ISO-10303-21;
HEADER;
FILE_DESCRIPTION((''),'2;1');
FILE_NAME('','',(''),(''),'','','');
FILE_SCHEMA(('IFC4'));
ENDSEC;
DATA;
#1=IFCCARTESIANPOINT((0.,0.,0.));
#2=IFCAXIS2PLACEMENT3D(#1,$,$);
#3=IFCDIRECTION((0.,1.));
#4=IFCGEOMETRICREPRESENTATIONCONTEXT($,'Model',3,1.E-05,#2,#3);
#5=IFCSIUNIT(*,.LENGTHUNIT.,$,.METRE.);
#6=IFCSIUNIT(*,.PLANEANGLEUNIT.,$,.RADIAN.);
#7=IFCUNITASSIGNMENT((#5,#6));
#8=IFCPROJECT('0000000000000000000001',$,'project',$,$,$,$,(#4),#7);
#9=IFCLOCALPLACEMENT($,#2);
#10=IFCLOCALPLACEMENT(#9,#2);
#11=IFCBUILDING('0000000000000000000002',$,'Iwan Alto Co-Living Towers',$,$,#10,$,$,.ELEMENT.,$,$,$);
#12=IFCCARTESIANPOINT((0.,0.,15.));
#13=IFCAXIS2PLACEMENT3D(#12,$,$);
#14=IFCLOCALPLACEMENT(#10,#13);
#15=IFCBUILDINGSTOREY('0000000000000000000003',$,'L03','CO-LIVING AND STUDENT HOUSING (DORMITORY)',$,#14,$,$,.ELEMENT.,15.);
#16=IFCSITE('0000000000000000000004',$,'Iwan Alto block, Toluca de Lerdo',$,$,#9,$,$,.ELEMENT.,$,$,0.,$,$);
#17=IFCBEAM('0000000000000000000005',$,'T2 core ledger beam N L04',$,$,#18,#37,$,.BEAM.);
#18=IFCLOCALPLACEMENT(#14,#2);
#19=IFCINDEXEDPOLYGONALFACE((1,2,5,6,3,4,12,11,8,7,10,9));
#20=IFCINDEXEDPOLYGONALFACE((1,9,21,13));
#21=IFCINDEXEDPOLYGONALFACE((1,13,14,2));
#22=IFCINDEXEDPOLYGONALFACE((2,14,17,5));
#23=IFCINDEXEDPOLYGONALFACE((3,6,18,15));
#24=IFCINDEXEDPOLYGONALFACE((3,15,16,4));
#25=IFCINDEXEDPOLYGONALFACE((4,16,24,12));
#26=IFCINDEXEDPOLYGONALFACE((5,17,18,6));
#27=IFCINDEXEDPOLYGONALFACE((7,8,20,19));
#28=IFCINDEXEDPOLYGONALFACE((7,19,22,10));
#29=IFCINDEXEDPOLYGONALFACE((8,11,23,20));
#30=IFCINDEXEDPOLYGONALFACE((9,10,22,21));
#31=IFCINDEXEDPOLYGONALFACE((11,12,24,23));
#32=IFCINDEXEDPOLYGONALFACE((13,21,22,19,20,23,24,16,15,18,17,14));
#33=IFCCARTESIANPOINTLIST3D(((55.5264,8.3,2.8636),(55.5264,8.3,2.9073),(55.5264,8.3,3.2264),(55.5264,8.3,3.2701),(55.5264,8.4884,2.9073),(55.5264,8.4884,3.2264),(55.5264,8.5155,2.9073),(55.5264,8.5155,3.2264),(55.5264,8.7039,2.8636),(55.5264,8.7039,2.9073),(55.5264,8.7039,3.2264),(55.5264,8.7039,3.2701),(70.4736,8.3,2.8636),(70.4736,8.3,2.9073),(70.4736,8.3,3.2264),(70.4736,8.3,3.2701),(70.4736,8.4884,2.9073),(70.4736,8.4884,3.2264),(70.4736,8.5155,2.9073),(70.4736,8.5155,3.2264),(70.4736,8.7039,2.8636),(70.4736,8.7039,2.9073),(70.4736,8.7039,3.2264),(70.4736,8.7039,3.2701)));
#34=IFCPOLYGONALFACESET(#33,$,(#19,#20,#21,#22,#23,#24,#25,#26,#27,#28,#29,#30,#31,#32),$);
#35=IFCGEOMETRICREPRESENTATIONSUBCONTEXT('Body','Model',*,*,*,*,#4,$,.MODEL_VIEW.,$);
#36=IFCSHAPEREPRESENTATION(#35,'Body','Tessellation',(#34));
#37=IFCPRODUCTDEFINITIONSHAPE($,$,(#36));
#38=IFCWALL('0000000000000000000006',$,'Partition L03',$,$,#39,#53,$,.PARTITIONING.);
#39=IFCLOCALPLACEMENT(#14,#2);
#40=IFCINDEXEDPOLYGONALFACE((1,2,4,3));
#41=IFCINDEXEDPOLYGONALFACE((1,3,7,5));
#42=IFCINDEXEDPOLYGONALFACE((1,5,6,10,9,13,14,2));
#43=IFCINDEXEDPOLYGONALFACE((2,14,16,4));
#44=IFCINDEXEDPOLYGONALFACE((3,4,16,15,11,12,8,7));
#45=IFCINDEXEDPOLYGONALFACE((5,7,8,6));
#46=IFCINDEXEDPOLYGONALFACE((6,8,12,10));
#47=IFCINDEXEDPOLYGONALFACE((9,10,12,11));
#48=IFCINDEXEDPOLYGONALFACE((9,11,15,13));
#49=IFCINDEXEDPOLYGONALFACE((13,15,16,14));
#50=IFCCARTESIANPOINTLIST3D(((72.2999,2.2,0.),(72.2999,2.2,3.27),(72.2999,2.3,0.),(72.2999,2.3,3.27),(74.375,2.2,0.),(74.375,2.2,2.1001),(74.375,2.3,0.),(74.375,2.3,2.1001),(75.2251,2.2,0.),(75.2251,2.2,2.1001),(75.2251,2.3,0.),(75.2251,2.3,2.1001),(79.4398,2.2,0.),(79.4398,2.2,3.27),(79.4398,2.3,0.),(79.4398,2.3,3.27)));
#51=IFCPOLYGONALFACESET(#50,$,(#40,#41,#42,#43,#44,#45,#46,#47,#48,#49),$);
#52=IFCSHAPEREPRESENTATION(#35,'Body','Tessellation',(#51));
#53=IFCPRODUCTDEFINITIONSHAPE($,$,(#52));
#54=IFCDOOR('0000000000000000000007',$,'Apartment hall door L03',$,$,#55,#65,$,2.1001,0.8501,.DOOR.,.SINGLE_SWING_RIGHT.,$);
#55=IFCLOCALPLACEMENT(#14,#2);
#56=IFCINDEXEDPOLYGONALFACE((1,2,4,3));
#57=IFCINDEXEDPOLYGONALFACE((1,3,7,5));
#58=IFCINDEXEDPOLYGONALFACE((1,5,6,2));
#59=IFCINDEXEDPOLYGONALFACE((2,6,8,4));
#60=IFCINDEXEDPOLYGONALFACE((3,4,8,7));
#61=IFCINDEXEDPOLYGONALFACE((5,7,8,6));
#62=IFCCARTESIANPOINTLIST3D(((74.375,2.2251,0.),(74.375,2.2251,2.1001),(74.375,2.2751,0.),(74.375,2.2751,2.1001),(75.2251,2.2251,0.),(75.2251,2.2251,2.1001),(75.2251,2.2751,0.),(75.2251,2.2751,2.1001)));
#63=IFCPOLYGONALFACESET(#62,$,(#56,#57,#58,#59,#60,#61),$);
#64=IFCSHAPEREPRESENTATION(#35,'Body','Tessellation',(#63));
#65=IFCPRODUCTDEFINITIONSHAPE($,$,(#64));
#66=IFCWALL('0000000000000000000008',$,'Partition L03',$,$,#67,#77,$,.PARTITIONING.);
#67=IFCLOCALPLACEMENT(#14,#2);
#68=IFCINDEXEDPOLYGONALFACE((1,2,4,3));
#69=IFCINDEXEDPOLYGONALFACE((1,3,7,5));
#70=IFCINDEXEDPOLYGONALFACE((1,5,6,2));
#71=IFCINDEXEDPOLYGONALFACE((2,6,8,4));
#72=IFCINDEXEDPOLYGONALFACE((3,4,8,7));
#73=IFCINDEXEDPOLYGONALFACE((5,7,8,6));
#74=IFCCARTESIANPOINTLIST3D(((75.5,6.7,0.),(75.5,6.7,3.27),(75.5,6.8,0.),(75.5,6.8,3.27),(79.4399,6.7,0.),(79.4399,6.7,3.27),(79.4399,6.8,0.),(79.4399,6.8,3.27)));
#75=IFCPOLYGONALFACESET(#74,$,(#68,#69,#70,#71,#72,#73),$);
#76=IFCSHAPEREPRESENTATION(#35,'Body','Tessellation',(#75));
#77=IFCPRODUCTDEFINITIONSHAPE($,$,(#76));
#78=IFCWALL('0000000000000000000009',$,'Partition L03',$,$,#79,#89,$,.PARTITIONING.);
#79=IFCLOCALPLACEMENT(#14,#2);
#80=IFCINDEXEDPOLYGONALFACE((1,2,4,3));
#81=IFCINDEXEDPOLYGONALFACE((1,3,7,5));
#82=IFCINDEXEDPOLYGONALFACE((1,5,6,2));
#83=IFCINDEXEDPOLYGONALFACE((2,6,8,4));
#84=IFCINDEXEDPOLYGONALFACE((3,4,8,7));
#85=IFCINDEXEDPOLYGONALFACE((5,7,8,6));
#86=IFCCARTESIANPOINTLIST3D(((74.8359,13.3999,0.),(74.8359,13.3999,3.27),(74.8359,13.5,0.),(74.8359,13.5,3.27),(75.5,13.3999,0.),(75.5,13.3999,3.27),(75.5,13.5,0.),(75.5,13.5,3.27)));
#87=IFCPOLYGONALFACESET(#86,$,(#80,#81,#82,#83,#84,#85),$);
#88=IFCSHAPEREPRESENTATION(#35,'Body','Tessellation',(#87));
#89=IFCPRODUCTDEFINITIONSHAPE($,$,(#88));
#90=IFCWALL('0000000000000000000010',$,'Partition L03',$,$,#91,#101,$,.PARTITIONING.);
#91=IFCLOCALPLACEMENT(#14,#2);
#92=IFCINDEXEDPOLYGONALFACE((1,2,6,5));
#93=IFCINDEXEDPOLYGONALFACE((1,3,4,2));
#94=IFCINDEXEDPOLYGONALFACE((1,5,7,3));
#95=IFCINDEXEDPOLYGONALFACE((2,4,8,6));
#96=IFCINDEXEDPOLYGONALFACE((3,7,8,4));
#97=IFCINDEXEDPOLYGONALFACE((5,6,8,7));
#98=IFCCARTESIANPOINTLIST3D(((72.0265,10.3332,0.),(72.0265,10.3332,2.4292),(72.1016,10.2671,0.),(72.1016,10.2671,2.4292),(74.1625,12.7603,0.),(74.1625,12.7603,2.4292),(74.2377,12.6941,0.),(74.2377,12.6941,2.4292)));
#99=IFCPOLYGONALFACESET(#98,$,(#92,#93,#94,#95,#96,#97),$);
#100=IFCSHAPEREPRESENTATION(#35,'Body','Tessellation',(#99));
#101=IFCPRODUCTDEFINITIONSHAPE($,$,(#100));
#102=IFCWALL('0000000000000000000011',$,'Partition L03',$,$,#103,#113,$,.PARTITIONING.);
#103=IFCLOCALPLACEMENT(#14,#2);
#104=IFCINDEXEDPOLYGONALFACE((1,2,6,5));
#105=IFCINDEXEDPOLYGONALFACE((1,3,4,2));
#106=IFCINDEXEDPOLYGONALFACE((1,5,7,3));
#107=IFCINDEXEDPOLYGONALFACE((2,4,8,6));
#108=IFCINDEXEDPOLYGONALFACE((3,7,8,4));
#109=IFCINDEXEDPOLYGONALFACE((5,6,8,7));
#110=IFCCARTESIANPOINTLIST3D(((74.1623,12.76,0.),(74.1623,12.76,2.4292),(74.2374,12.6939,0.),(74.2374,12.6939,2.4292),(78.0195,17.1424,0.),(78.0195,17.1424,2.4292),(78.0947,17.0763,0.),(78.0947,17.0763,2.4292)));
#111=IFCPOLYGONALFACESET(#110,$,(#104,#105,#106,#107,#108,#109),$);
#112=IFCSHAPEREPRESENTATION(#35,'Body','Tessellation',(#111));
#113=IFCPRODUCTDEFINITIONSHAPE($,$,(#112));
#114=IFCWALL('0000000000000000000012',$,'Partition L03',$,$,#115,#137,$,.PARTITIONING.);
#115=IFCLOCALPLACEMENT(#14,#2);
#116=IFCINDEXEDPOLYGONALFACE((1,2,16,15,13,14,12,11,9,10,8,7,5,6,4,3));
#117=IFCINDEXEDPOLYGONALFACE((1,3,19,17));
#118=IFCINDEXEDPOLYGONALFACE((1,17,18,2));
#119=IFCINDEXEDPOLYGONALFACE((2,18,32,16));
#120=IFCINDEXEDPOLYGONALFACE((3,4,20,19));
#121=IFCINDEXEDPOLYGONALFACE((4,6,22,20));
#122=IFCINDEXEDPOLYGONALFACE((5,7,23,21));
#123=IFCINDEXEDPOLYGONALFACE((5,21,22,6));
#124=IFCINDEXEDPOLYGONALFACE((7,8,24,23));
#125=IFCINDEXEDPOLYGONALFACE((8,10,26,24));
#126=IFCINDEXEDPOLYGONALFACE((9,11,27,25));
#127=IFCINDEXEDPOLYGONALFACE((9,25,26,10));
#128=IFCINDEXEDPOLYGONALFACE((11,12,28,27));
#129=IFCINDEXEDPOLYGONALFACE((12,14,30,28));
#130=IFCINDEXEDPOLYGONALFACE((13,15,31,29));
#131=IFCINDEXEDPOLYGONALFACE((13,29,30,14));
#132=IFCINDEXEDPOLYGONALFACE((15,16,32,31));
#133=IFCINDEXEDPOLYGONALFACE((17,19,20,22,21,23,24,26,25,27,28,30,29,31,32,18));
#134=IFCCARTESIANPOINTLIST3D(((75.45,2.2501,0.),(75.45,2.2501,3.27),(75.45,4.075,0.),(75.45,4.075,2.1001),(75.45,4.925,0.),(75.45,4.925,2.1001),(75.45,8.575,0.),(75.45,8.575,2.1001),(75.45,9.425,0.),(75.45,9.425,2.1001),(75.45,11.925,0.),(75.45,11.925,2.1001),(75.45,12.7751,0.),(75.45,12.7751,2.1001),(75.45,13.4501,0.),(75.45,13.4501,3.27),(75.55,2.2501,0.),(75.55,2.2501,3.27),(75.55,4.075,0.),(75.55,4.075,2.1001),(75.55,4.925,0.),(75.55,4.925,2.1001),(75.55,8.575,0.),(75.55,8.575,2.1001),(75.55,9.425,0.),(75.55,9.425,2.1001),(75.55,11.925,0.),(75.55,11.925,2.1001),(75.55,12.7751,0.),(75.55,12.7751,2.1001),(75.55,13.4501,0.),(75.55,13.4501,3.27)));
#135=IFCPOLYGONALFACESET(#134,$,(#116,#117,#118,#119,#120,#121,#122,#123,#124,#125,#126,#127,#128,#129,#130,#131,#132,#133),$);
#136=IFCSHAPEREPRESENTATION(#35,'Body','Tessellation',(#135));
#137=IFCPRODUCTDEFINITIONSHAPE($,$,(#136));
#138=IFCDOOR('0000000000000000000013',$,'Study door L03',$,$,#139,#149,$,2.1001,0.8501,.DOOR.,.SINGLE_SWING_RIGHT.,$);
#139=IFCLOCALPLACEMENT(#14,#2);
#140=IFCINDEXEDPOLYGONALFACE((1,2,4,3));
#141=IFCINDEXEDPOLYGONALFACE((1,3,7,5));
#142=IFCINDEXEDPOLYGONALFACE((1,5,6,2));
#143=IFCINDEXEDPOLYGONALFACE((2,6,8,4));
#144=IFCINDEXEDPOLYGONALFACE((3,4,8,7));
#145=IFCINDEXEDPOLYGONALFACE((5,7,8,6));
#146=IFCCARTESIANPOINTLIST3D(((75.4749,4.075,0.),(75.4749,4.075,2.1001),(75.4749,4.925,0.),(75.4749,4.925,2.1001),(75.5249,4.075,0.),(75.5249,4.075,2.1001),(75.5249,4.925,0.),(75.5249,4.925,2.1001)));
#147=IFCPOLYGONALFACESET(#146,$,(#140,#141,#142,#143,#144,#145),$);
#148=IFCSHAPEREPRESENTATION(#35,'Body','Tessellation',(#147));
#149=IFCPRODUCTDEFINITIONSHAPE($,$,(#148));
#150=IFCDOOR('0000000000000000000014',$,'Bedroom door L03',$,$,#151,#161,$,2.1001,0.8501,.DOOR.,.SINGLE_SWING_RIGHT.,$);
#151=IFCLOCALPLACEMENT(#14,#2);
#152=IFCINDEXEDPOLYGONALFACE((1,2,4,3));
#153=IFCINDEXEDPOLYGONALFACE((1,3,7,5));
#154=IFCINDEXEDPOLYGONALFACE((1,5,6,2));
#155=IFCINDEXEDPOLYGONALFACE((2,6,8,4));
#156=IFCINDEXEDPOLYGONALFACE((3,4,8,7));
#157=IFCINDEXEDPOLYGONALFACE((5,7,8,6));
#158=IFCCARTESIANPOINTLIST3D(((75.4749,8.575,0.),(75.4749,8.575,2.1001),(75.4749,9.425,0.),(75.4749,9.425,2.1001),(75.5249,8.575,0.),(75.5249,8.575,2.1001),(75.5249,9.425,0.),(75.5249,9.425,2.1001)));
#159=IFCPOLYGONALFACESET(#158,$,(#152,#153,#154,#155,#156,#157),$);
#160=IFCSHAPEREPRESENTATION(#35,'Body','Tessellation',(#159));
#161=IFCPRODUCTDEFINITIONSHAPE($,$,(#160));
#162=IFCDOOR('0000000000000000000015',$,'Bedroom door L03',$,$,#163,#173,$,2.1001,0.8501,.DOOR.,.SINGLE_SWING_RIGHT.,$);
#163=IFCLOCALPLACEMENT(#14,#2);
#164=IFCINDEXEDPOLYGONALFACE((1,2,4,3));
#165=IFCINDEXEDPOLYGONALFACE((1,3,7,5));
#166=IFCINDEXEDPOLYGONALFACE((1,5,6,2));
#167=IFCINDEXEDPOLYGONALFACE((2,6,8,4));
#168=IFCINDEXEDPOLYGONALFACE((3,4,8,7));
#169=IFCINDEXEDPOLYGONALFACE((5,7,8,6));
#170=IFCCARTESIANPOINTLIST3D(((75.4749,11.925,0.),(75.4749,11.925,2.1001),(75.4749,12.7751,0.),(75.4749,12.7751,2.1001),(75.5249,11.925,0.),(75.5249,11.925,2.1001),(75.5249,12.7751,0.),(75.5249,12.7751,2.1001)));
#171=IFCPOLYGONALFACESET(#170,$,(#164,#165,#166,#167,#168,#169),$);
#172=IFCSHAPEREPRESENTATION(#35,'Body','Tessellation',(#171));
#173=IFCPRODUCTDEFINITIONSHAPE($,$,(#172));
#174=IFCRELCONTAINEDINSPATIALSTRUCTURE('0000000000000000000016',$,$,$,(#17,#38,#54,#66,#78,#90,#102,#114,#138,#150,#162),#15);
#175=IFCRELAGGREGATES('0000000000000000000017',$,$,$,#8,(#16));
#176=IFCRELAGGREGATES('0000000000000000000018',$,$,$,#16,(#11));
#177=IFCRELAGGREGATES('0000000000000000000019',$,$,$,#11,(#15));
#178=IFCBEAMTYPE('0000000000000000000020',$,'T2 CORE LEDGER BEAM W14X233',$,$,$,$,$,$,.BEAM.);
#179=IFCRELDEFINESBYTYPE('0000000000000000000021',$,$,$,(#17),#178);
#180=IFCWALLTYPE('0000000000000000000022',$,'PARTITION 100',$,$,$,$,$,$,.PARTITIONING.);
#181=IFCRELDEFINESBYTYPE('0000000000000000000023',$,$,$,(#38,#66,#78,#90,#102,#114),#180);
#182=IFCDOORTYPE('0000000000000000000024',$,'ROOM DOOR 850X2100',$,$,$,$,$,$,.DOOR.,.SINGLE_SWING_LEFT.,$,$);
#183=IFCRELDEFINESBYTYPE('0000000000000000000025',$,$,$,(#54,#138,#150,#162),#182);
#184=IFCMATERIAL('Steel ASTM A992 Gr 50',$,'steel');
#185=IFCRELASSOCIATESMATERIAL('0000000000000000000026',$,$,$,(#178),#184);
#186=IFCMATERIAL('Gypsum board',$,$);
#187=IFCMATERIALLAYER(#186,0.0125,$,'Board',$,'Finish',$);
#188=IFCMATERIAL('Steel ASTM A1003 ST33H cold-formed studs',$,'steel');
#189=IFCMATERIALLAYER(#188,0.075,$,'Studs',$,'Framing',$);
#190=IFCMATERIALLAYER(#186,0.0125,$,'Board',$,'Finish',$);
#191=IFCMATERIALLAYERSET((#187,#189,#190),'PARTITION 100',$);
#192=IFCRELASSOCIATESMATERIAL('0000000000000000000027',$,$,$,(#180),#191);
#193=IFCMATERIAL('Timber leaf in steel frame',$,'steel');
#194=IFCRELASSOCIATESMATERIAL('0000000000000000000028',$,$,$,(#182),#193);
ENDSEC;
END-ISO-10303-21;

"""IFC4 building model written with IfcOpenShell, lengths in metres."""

from ifc_helpers import new_model, si_unit, direction, frame, frame_2d, origin, origin_2d, place, context, subcontext, project, spatial, rectangle, i_section, extrude, material, layer, layer_set, material_profile, profile_set, type_object, element, fill, save


model = new_model("IFC4")

# Units and contexts
model_context = context("Model", 3, precision=1e-05, world=origin(), true_north=direction((0.0, 1.0)))
body_context = subcontext(model_context, "Body", "Model", "MODEL_VIEW")
ifc_project = project(units=[si_unit("LENGTHUNIT", "METRE"), si_unit("PLANEANGLEUNIT", "RADIAN")], contexts=[model_context])

# Site, building, storey
site_placement = place(None, origin())
site = spatial("IfcSite", under=ifc_project, at=site_placement, Name="Iwan Alto block, Toluca de Lerdo", CompositionType="ELEMENT", RefElevation=0.0)
building_placement = place(site_placement, origin())
building = spatial("IfcBuilding", under=site, at=building_placement, Name="Iwan Alto Co-Living Towers", CompositionType="ELEMENT")
storey_placement = place(building_placement, frame((0.0, 0.0, 15.0)))
storey = spatial("IfcBuildingStorey", under=building, at=storey_placement, Name="L03", Description="CO-LIVING AND STUDENT HOUSING (DORMITORY)", CompositionType="ELEMENT", Elevation=15.0)

# Beam
ifc_material_1 = material(Name="Steel ASTM A992 Gr 50", Category="steel")
ifc_material_profile = material_profile(ifc_material_1, i_section(OverallWidth=0.4038, OverallDepth=0.4065, WebThickness=0.0271, FlangeThickness=0.0437, at=origin_2d()), Name="W14X233")
ifc_profile_set = profile_set([ifc_material_profile], Name="Steel ASTM A992 Gr 50")
beam_type = type_object("IfcBeamType", Name="T2 CORE LEDGER BEAM W14X233", PredefinedType="BEAM", material=ifc_profile_set)
beam_placement = place(storey_placement, frame((70.4736, 8.502, 3.0669), z_axis=(-1.0, 0.0, 0.0), x_axis=(0.0, -1.0, 0.0)))
element("IfcBeam", 1, at=beam_placement, inside=storey, type_object=beam_type, Name="T2 core ledger beam N L04", PredefinedType="BEAM", context=body_context, shape_type="SweptSolid", body=[
    extrude(i_section(OverallWidth=0.4038, OverallDepth=0.4065, WebThickness=0.0271, FlangeThickness=0.0437, at=origin_2d()), origin(), (0.0, 0.0, 1.0), 14.9473),
])

# Wall, opening, door
ifc_material_2 = material(Name="Gypsum board")
ifc_layer_1 = layer(ifc_material_2, 0.0125, Name="Board", Category="Finish")
ifc_material_3 = material(Name="Steel ASTM A1003 ST33H cold-formed studs", Category="steel")
ifc_layer_2 = layer(ifc_material_3, 0.075, Name="Studs", Category="Framing")
ifc_layer_3 = layer(ifc_material_2, 0.0125, Name="Board", Category="Finish")
ifc_layer_set_1 = layer_set([ifc_layer_1, ifc_layer_2, ifc_layer_3], Name="PARTITION 100")
wall_type_1 = type_object("IfcWallType", Name="PARTITION 100", PredefinedType="PARTITIONING", material=ifc_layer_set_1)
wall_1_placement = place(storey_placement, frame((72.3, 2.25, 0.0), z_axis=(0.0, 0.0, 1.0), x_axis=(1.0, 0.0, 0.0)))
wall_1 = element("IfcWall", 2, at=wall_1_placement, inside=storey, type_object=wall_type_1, Name="Partition L03", PredefinedType="PARTITIONING", context=body_context, shape_type="SweptSolid", body=[
    extrude(rectangle(XDim=7.1399, YDim=0.1001, at=frame_2d((3.5698, 0.0))), origin(), (0.0, 0.0, 1.0), 3.27),
])
opening_1_placement = place(wall_1_placement, frame((2.075, 0.0, 0.0)))
opening_1 = element("IfcOpeningElement", 3, at=opening_1_placement, cuts=wall_1, PredefinedType="OPENING", context=body_context, shape_type="SweptSolid", body=[
    extrude(rectangle(XDim=0.8501, YDim=2.1001, at=frame_2d((0.425, 1.05))), frame((0.0, 0.0601, 0.0), z_axis=(0.0, -1.0, 0.0), x_axis=(1.0, 0.0, 0.0)), (0.0, 0.0, 1.0), 0.1201),
])
ifc_material_4 = material(Name="Timber leaf in steel frame", Category="steel")
door_type = type_object("IfcDoorType", Name="ROOM DOOR 850X2100", OperationType="SINGLE_SWING_LEFT", PredefinedType="DOOR", material=ifc_material_4)
door_1_placement = place(opening_1_placement, frame((0.8501, 0.0, 0.0), z_axis=(0.0, 0.0, 1.0), x_axis=(-1.0, 0.0, 0.0)))
door_1 = element("IfcDoor", 4, at=door_1_placement, inside=storey, type_object=door_type, Name="Apartment hall door L03", OperationType="SINGLE_SWING_RIGHT", OverallHeight=2.1001, OverallWidth=0.8501, PredefinedType="DOOR", context=body_context, shape_type="SweptSolid", body=[
    extrude(rectangle(XDim=0.8501, YDim=2.1001, at=frame_2d((0.425, 1.05))), frame((0.0, 0.0249, 0.0), z_axis=(0.0, -1.0, 0.0), x_axis=(1.0, 0.0, 0.0)), (0.0, 0.0, 1.0), 0.05),
])
fill(opening_1, door_1)

# Walls
wall_2_placement = place(storey_placement, frame((75.5, 6.75, 0.0), z_axis=(0.0, 0.0, 1.0), x_axis=(1.0, 0.0, 0.0)))
element("IfcWall", 5, at=wall_2_placement, inside=storey, type_object=wall_type_1, Name="Partition L03", PredefinedType="PARTITIONING", context=body_context, shape_type="SweptSolid", body=[
    extrude(rectangle(XDim=3.9399, YDim=0.1001, at=frame_2d((1.97, 0.0))), origin(), (0.0, 0.0, 1.0), 3.27),
])
wall_3_placement = place(storey_placement, frame((74.8359, 13.45, 0.0), z_axis=(0.0, 0.0, 1.0), x_axis=(1.0, 0.0, 0.0)))
element("IfcWall", 6, at=wall_3_placement, inside=storey, type_object=wall_type_1, Name="Partition L03", PredefinedType="PARTITIONING", context=body_context, shape_type="SweptSolid", body=[
    extrude(rectangle(XDim=0.6641, YDim=0.1001, at=frame_2d((0.332, 0.0))), origin(), (0.0, 0.0, 1.0), 3.27),
])
wall_4_placement = place(storey_placement, frame((72.064, 10.3, 0.0), z_axis=(0.0, 0.0, 1.0), x_axis=(0.660667, 0.750679, 0.0)))
element("IfcWall", 7, at=wall_4_placement, inside=storey, type_object=wall_type_1, Name="Partition L03", PredefinedType="PARTITIONING", context=body_context, shape_type="SweptSolid", body=[
    extrude(rectangle(XDim=3.2332, YDim=0.1001, at=frame_2d((1.6167, 0.0))), origin(), (0.0, 0.0, 1.0), 2.4292),
])
wall_5_placement = place(storey_placement, frame((74.2, 12.7271, 0.0), z_axis=(0.0, 0.0, 1.0), x_axis=(0.660699, 0.750651, 0.0)))
element("IfcWall", 8, at=wall_5_placement, inside=storey, type_object=wall_type_1, Name="Partition L03", PredefinedType="PARTITIONING", context=body_context, shape_type="SweptSolid", body=[
    extrude(rectangle(XDim=5.8381, YDim=0.1001, at=frame_2d((2.9189, 0.0))), origin(), (0.0, 0.0, 1.0), 2.4292),
])

# Wall, openings, doors
wall_6_placement = place(storey_placement, frame((75.5, 2.25, 0.0), z_axis=(0.0, 0.0, 1.0), x_axis=(0.0, 1.0, 0.0)))
wall_6 = element("IfcWall", 9, at=wall_6_placement, inside=storey, type_object=wall_type_1, Name="Partition L03", PredefinedType="PARTITIONING", context=body_context, shape_type="SweptSolid", body=[
    extrude(rectangle(XDim=11.2, YDim=0.1001, at=frame_2d((5.6001, 0.0))), origin(), (0.0, 0.0, 1.0), 3.27),
])
opening_2_placement = place(wall_6_placement, frame((1.825, 0.0, 0.0)))
opening_2 = element("IfcOpeningElement", 10, at=opening_2_placement, cuts=wall_6, PredefinedType="OPENING", context=body_context, shape_type="SweptSolid", body=[
    extrude(rectangle(XDim=0.8501, YDim=2.1001, at=frame_2d((0.425, 1.05))), frame((0.0, 0.0601, 0.0), z_axis=(0.0, -1.0, 0.0), x_axis=(1.0, 0.0, 0.0)), (0.0, 0.0, 1.0), 0.1201),
])
opening_3_placement = place(wall_6_placement, frame((6.325, 0.0, 0.0)))
opening_3 = element("IfcOpeningElement", 11, at=opening_3_placement, cuts=wall_6, PredefinedType="OPENING", context=body_context, shape_type="SweptSolid", body=[
    extrude(rectangle(XDim=0.8501, YDim=2.1001, at=frame_2d((0.425, 1.05))), frame((0.0, 0.0601, 0.0), z_axis=(0.0, -1.0, 0.0), x_axis=(1.0, 0.0, 0.0)), (0.0, 0.0, 1.0), 0.1201),
])
opening_4_placement = place(wall_6_placement, frame((9.675, 0.0, 0.0)))
opening_4 = element("IfcOpeningElement", 12, at=opening_4_placement, cuts=wall_6, PredefinedType="OPENING", context=body_context, shape_type="SweptSolid", body=[
    extrude(rectangle(XDim=0.8501, YDim=2.1001, at=frame_2d((0.425, 1.05))), frame((0.0, 0.0601, 0.0), z_axis=(0.0, -1.0, 0.0), x_axis=(1.0, 0.0, 0.0)), (0.0, 0.0, 1.0), 0.1201),
])
door_2_placement = place(opening_2_placement, frame((0.8501, 0.0, 0.0), z_axis=(0.0, 0.0, 1.0), x_axis=(-1.0, 0.0, 0.0)))
door_2 = element("IfcDoor", 13, at=door_2_placement, inside=storey, type_object=door_type, Name="Study door L03", OperationType="SINGLE_SWING_RIGHT", OverallHeight=2.1001, OverallWidth=0.8501, PredefinedType="DOOR", context=body_context, shape_type="SweptSolid", body=[
    extrude(rectangle(XDim=0.8501, YDim=2.1001, at=frame_2d((0.425, 1.05))), frame((0.0, 0.0249, 0.0), z_axis=(0.0, -1.0, 0.0), x_axis=(1.0, 0.0, 0.0)), (0.0, 0.0, 1.0), 0.05),
])
fill(opening_2, door_2)
door_3_placement = place(opening_3_placement, frame((0.8501, 0.0, 0.0), z_axis=(0.0, 0.0, 1.0), x_axis=(-1.0, 0.0, 0.0)))
door_3 = element("IfcDoor", 14, at=door_3_placement, inside=storey, type_object=door_type, Name="Bedroom door L03", OperationType="SINGLE_SWING_RIGHT", OverallHeight=2.1001, OverallWidth=0.8501, PredefinedType="DOOR", context=body_context, shape_type="SweptSolid", body=[
    extrude(rectangle(XDim=0.8501, YDim=2.1001, at=frame_2d((0.425, 1.05))), frame((0.0, 0.0249, 0.0), z_axis=(0.0, -1.0, 0.0), x_axis=(1.0, 0.0, 0.0)), (0.0, 0.0, 1.0), 0.05),
])
fill(opening_3, door_3)
door_4_placement = place(opening_4_placement, frame((0.8501, 0.0, 0.0), z_axis=(0.0, 0.0, 1.0), x_axis=(-1.0, 0.0, 0.0)))
door_4 = element("IfcDoor", 15, at=door_4_placement, inside=storey, type_object=door_type, Name="Bedroom door L03", OperationType="SINGLE_SWING_RIGHT", OverallHeight=2.1001, OverallWidth=0.8501, PredefinedType="DOOR", context=body_context, shape_type="SweptSolid", body=[
    extrude(rectangle(XDim=0.8501, YDim=2.1001, at=frame_2d((0.425, 1.05))), frame((0.0, 0.0249, 0.0), z_axis=(0.0, -1.0, 0.0), x_axis=(1.0, 0.0, 0.0)), (0.0, 0.0, 1.0), 0.05),
])
fill(opening_4, door_4)

save(model, "model.ifc")
